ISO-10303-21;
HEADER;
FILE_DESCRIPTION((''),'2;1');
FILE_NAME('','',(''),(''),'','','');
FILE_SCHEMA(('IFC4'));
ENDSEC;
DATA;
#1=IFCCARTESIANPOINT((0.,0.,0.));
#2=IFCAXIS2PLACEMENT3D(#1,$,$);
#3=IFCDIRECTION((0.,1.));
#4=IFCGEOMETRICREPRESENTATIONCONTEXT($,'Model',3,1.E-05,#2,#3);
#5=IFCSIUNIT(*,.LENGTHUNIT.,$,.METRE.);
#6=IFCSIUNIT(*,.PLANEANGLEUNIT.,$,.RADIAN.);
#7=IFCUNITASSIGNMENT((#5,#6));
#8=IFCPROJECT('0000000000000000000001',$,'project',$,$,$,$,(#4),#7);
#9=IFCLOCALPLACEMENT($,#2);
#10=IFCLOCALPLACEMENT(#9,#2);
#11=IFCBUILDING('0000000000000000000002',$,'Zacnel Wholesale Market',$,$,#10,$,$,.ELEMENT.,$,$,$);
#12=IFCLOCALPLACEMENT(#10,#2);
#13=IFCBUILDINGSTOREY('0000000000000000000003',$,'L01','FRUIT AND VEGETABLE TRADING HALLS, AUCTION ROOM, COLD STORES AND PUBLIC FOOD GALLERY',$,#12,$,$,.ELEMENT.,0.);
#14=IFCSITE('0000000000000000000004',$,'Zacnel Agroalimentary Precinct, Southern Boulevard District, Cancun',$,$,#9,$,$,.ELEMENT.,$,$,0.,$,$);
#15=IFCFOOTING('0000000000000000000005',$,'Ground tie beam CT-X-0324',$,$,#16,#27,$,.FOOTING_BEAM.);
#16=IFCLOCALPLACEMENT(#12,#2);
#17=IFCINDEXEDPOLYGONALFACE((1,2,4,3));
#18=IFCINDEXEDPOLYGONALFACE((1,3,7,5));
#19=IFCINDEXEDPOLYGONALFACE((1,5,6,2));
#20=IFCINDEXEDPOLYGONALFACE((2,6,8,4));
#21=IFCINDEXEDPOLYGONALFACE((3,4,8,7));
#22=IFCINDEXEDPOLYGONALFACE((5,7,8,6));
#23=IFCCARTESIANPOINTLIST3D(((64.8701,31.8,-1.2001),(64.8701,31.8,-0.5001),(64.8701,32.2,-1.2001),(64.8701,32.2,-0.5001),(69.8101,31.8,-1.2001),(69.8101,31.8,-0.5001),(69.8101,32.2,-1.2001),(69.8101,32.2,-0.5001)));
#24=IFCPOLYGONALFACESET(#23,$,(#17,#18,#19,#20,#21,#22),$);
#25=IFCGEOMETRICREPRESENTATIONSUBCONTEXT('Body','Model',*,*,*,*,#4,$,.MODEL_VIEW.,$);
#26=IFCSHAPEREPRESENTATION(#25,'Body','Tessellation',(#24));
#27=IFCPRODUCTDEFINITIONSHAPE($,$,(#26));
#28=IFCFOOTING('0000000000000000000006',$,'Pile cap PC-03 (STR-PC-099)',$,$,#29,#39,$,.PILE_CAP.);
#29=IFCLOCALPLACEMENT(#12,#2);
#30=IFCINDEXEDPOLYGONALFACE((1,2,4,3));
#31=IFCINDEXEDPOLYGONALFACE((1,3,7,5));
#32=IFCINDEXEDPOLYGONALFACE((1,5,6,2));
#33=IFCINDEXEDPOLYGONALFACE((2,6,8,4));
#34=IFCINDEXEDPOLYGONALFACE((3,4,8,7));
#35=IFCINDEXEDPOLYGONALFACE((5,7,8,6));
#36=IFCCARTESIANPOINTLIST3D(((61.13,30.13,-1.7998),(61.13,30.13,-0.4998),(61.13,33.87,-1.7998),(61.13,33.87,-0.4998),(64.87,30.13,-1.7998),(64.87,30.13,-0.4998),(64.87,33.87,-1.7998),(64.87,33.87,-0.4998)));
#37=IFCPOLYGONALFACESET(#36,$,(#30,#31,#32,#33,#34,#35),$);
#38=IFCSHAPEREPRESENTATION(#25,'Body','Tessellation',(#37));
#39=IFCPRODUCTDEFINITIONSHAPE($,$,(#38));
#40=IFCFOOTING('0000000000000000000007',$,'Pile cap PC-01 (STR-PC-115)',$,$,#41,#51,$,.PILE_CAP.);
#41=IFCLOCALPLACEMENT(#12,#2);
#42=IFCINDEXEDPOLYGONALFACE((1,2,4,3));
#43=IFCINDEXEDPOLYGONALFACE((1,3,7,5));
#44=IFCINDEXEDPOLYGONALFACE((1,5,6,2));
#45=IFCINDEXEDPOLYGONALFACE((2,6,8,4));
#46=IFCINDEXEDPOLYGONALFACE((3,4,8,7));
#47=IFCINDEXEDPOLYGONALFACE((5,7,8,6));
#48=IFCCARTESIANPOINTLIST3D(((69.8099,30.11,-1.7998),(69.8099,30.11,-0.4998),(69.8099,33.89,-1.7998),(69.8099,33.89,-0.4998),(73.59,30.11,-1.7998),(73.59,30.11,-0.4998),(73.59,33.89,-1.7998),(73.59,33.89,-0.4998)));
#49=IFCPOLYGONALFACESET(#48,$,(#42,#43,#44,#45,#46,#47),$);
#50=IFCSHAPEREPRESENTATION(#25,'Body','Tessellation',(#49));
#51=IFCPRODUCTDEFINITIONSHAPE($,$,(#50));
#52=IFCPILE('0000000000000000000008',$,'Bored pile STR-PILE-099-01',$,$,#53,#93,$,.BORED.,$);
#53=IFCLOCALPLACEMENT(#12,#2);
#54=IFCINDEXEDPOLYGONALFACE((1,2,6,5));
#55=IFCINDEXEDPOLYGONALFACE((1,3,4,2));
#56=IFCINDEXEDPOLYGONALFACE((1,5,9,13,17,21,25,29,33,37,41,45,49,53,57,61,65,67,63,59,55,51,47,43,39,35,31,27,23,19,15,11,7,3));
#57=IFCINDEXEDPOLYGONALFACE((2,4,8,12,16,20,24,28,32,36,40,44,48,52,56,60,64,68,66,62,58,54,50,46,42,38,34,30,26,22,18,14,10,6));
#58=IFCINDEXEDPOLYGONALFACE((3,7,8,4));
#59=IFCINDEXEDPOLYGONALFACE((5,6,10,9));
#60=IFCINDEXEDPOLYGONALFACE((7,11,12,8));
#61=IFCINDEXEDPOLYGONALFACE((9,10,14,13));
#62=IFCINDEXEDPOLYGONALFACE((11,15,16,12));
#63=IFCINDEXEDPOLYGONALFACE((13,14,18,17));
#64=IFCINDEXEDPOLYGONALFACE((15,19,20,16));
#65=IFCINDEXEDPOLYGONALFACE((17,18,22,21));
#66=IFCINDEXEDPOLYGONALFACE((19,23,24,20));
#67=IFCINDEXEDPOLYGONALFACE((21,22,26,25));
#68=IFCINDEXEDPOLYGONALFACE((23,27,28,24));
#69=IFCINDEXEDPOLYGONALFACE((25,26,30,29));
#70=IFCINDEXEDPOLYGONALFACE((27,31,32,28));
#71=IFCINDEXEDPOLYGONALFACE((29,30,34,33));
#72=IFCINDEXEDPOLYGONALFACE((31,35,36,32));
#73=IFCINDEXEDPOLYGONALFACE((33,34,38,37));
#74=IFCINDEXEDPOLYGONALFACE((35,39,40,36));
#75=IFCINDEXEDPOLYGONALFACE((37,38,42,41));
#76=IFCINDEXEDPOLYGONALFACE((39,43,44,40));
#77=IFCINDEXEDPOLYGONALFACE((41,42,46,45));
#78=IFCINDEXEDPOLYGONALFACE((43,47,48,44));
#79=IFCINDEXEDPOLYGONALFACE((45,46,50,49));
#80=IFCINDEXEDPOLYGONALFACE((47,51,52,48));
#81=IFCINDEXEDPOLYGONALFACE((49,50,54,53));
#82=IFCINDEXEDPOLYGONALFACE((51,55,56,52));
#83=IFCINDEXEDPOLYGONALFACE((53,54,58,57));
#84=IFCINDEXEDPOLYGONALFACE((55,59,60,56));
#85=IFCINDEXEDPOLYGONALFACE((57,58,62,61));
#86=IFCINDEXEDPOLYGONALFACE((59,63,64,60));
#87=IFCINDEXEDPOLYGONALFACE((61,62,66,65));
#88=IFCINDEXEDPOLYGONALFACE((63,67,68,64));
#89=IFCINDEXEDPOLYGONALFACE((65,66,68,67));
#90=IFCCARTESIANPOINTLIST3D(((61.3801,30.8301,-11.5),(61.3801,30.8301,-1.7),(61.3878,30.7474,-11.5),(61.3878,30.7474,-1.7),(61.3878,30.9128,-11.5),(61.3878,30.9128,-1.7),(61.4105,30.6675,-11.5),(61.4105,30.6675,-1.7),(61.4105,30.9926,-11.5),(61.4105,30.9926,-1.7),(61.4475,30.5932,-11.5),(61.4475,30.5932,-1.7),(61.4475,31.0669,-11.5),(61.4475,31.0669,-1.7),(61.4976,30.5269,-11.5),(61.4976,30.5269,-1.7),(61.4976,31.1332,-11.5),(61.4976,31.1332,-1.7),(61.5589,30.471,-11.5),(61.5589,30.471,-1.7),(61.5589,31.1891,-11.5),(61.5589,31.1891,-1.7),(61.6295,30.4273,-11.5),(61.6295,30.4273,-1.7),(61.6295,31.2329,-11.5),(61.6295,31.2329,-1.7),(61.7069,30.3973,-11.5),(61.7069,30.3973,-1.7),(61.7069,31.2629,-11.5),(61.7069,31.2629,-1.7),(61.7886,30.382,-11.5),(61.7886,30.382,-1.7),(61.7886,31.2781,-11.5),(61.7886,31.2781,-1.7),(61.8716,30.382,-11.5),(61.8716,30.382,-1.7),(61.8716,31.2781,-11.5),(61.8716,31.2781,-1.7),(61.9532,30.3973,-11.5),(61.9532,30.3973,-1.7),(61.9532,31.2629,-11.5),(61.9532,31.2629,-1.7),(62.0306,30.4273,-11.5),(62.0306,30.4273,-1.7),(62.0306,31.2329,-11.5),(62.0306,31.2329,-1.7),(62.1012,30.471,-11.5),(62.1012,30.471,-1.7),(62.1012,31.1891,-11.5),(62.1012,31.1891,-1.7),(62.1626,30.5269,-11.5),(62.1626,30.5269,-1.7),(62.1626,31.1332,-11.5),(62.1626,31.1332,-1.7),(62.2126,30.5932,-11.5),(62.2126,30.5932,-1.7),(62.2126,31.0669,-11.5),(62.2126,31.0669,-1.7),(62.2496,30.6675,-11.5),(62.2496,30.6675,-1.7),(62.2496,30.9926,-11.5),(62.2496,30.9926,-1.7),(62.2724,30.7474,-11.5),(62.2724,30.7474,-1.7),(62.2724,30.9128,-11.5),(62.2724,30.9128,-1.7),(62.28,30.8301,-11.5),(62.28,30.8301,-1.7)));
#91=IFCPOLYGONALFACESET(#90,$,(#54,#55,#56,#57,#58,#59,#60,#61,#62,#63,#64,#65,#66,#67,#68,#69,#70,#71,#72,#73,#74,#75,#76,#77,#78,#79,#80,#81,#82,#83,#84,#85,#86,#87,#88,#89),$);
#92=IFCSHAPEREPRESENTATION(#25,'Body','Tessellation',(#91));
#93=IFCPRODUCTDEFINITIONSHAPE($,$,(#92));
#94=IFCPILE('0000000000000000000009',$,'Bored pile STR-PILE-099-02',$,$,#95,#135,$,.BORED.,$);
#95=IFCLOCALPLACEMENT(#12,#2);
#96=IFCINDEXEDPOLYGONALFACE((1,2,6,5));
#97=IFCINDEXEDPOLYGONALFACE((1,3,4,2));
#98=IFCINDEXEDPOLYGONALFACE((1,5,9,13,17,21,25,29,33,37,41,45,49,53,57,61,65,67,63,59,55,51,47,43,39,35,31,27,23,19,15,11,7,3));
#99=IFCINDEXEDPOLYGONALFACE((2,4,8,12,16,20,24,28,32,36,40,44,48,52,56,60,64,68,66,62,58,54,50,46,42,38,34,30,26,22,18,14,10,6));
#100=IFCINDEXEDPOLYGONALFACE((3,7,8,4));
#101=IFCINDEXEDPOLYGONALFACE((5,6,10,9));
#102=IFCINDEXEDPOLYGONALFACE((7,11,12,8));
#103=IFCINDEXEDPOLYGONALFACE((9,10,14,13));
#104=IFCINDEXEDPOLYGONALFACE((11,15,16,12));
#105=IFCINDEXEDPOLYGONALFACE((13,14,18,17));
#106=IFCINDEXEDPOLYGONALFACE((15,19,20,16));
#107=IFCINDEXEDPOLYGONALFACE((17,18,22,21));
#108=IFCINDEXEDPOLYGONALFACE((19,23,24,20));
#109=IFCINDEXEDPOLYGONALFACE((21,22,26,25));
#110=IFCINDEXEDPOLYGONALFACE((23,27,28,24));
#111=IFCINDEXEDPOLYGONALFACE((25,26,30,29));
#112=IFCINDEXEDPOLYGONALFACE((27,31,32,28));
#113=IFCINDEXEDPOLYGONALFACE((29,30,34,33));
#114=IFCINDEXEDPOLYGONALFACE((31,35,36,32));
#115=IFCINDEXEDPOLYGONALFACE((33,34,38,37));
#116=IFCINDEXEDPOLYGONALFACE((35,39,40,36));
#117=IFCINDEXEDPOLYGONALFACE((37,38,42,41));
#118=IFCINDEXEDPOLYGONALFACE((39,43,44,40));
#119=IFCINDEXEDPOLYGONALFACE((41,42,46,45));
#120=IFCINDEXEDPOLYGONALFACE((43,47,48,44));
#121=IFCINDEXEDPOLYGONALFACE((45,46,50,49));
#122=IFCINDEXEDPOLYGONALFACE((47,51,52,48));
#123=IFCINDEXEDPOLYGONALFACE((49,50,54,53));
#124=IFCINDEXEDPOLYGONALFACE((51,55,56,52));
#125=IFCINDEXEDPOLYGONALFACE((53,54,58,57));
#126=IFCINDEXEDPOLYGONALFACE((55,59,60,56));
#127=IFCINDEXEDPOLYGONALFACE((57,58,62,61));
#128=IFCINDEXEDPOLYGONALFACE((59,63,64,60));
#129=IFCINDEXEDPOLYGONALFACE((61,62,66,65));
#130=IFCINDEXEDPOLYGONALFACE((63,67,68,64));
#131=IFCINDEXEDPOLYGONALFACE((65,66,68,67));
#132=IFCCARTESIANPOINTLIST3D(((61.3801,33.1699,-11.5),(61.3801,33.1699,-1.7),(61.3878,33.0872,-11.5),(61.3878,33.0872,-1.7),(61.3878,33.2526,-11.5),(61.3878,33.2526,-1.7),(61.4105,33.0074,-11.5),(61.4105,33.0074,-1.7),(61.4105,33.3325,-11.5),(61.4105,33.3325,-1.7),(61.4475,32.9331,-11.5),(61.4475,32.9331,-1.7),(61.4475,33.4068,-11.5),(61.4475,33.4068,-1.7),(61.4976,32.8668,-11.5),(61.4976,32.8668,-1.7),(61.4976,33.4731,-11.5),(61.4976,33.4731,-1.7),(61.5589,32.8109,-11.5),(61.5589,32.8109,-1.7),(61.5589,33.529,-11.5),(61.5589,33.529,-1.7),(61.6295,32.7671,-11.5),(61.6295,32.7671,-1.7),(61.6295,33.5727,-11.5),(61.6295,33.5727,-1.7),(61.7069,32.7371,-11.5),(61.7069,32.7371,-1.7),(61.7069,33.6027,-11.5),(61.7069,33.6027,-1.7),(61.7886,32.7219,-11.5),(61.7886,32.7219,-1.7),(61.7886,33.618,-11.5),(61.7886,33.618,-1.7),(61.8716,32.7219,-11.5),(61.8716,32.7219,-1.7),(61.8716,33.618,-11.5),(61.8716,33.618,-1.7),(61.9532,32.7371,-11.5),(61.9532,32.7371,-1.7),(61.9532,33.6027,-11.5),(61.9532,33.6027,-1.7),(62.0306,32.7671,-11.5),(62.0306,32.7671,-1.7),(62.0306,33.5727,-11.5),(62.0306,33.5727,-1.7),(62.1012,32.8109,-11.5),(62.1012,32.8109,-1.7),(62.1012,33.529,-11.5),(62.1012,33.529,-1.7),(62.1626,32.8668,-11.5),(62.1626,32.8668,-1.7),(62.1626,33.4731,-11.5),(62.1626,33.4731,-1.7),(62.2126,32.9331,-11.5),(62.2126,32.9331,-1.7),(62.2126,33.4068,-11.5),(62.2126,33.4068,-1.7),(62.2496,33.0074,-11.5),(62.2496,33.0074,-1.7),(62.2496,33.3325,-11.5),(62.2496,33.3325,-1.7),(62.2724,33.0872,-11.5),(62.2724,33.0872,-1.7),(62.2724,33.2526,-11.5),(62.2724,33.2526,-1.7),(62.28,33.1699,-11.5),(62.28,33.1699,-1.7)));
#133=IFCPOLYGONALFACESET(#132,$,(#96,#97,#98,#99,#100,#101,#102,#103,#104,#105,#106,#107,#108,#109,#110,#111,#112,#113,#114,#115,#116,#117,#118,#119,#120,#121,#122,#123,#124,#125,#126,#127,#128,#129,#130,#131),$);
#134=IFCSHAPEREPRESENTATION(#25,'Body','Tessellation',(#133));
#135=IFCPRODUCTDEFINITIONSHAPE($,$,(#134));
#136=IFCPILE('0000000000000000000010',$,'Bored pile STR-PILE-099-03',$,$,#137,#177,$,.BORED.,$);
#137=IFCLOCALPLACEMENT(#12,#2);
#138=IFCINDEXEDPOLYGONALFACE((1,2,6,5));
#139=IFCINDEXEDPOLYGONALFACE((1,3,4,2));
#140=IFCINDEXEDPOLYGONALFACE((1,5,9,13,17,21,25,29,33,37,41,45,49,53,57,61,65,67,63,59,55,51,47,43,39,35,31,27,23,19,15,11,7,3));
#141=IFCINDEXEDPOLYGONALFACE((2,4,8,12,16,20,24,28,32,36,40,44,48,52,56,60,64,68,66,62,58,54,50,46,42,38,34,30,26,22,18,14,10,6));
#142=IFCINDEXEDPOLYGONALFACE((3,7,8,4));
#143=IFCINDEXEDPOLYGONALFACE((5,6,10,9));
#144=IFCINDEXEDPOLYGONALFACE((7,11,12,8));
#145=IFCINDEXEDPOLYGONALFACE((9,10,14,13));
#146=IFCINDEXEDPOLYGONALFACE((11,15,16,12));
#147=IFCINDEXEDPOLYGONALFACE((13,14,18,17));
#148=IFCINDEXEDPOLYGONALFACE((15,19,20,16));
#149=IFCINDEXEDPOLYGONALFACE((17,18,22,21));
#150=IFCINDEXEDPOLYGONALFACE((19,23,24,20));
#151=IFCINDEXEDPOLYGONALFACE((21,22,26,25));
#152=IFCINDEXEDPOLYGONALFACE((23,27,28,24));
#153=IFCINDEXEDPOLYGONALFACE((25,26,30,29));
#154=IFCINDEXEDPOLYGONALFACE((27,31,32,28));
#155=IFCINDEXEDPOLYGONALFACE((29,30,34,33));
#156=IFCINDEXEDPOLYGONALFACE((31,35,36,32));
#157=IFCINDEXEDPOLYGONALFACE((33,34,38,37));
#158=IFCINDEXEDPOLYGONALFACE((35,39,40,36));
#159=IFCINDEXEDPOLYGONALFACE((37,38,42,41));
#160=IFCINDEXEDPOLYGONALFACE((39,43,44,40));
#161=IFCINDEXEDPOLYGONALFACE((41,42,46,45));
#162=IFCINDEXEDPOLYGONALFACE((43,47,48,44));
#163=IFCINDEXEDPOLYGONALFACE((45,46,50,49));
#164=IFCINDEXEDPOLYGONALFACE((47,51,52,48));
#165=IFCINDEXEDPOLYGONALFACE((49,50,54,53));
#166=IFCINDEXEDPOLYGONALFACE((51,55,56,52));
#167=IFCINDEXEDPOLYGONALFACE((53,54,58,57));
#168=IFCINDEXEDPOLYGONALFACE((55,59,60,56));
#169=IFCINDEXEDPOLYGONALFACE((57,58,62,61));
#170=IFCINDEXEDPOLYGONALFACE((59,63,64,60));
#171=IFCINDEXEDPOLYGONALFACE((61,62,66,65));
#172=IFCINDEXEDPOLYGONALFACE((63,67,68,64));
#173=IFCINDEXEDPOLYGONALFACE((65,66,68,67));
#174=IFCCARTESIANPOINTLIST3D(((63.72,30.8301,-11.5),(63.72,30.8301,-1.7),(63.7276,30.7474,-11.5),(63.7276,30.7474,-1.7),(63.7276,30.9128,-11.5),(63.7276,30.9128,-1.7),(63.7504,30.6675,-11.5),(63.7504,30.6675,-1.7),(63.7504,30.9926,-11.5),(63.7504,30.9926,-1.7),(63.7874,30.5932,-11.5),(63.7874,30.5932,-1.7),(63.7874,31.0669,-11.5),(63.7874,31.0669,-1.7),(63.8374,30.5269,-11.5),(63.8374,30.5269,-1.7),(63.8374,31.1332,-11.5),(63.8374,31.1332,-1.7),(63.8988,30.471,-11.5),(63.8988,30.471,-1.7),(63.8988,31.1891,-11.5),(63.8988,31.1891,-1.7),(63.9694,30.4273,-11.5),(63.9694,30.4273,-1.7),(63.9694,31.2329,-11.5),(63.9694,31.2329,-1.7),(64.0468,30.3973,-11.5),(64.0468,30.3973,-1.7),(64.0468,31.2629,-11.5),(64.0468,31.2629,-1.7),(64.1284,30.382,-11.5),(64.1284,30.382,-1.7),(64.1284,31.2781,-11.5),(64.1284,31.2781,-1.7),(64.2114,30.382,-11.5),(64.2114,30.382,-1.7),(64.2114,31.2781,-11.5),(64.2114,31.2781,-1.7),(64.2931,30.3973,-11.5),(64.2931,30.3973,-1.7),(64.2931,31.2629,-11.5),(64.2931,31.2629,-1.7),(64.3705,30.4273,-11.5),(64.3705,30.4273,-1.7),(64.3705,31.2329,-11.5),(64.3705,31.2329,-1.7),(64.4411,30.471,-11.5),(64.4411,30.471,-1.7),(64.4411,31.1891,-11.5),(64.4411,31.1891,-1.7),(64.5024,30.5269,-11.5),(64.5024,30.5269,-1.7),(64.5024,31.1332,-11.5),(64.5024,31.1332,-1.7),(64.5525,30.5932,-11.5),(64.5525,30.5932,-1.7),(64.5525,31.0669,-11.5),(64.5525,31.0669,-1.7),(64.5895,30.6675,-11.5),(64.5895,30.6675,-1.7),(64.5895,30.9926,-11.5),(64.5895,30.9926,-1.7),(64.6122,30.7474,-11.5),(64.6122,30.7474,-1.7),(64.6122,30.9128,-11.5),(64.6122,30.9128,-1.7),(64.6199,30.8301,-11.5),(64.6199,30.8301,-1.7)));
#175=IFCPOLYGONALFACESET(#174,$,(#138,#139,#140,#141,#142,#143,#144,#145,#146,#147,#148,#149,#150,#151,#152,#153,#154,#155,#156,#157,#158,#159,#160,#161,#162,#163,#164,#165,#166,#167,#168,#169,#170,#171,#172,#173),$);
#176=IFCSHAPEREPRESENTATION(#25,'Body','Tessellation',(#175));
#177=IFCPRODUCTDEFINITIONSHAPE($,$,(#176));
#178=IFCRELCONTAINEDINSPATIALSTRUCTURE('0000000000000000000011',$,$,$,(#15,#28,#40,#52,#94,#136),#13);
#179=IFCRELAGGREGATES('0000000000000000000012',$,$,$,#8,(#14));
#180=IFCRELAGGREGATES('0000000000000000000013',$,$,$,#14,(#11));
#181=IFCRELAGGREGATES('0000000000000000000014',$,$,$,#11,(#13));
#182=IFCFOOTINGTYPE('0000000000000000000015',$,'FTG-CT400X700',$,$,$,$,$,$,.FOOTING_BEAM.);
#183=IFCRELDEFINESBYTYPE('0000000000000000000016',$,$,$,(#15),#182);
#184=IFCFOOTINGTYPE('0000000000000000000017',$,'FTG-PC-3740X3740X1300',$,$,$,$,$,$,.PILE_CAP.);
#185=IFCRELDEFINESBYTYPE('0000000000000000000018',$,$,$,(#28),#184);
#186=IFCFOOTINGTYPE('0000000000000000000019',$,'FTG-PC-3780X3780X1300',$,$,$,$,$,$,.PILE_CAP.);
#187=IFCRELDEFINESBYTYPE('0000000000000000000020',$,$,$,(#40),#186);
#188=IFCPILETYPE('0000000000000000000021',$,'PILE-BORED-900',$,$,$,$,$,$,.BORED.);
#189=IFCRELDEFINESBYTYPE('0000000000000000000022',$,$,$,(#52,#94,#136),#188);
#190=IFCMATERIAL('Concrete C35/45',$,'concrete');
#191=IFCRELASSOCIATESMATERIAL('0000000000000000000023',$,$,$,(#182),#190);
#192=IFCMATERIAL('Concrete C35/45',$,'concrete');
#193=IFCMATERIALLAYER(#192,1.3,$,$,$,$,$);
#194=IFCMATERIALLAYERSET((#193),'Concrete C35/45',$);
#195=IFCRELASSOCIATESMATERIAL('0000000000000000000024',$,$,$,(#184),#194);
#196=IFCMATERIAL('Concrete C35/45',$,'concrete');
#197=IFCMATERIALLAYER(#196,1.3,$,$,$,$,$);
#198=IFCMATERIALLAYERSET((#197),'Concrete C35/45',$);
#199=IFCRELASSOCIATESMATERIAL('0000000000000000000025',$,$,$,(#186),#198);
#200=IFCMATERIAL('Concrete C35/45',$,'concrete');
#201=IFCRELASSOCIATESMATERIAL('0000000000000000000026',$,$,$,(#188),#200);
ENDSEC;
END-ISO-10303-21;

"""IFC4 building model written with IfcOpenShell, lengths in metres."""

from ifc_helpers import new_model, si_unit, direction, frame, origin, origin_2d, place, context, subcontext, project, spatial, rectangle, circle, extrude, material, layer, layer_set, material_profile, profile_set, type_object, element, save


model = new_model("IFC4")

# Units and contexts
model_context = context("Model", 3, precision=1e-05, world=origin(), true_north=direction((0.0, 1.0)))
body_context = subcontext(model_context, "Body", "Model", "MODEL_VIEW")
ifc_project = project(units=[si_unit("LENGTHUNIT", "METRE"), si_unit("PLANEANGLEUNIT", "RADIAN")], contexts=[model_context])

# Site, building, storey
site_placement = place(None, origin())
site = spatial("IfcSite", under=ifc_project, at=site_placement, Name="Zacnel Agroalimentary Precinct, Southern Boulevard District, Cancun", CompositionType="ELEMENT", RefElevation=0.0)
building_placement = place(site_placement, origin())
building = spatial("IfcBuilding", under=site, at=building_placement, Name="Zacnel Wholesale Market", CompositionType="ELEMENT")
storey_placement = place(building_placement, origin())
storey = spatial("IfcBuildingStorey", under=building, at=storey_placement, Name="L01", Description="FRUIT AND VEGETABLE TRADING HALLS, AUCTION ROOM, COLD STORES AND PUBLIC FOOD GALLERY", CompositionType="ELEMENT", Elevation=0.0)

# Footings
ifc_material_1 = material(Name="Concrete C35/45", Category="concrete")
ifc_material_profile_1 = material_profile(ifc_material_1, rectangle(XDim=0.3999, YDim=0.7, at=origin_2d()), Name="CT 400x700")
ifc_profile_set_1 = profile_set([ifc_material_profile_1], Name="Concrete C35/45")
footing_type_1 = type_object("IfcFootingType", Name="FTG-CT400X700", PredefinedType="FOOTING_BEAM", material=ifc_profile_set_1)
footing_1_placement = place(storey_placement, frame((64.8701, 32.0, -0.8501), z_axis=(1.0, 0.0, 0.0), x_axis=(0.0, 1.0, 0.0)))
element("IfcFooting", 1, at=footing_1_placement, inside=storey, type_object=footing_type_1, Name="Ground tie beam CT-X-0324", PredefinedType="FOOTING_BEAM", context=body_context, shape_type="SweptSolid", body=[
    extrude(rectangle(XDim=0.3999, YDim=0.7, at=origin_2d()), origin(), (0.0, 0.0, 1.0), 4.9399),
])
ifc_material_2 = material(Name="Concrete C35/45", Category="concrete")
ifc_layer_1 = layer(ifc_material_2, 1.3)
ifc_layer_set_1 = layer_set([ifc_layer_1], Name="Concrete C35/45")
footing_type_2 = type_object("IfcFootingType", Name="FTG-PC-3740X3740X1300", PredefinedType="PILE_CAP", material=ifc_layer_set_1)
footing_2_placement = place(storey_placement, frame((63.0, 32.0, -1.7998), z_axis=(0.0, 0.0, 1.0), x_axis=(1.0, 0.0, 0.0)))
element("IfcFooting", 2, at=footing_2_placement, inside=storey, type_object=footing_type_2, Name="Pile cap PC-03 (STR-PC-099)", PredefinedType="PILE_CAP", context=body_context, shape_type="SweptSolid", body=[
    extrude(rectangle(XDim=3.74, YDim=3.74, at=origin_2d()), origin(), (0.0, 0.0, 1.0), 1.3),
])
ifc_material_3 = material(Name="Concrete C35/45", Category="concrete")
ifc_layer_2 = layer(ifc_material_3, 1.3)
ifc_layer_set_2 = layer_set([ifc_layer_2], Name="Concrete C35/45")
footing_type_3 = type_object("IfcFootingType", Name="FTG-PC-3780X3780X1300", PredefinedType="PILE_CAP", material=ifc_layer_set_2)
footing_3_placement = place(storey_placement, frame((71.7, 32.0, -1.7998), z_axis=(0.0, 0.0, 1.0), x_axis=(1.0, 0.0, 0.0)))
element("IfcFooting", 3, at=footing_3_placement, inside=storey, type_object=footing_type_3, Name="Pile cap PC-01 (STR-PC-115)", PredefinedType="PILE_CAP", context=body_context, shape_type="SweptSolid", body=[
    extrude(rectangle(XDim=3.78, YDim=3.78, at=origin_2d()), origin(), (0.0, 0.0, 1.0), 1.3),
])

# Piles
ifc_material_4 = material(Name="Concrete C35/45", Category="concrete")
ifc_material_profile_2 = material_profile(ifc_material_4, circle(Radius=0.45, at=origin_2d()), Name="BORED PILE D900")
ifc_profile_set_2 = profile_set([ifc_material_profile_2], Name="Concrete C35/45")
pile_type = type_object("IfcPileType", Name="PILE-BORED-900", PredefinedType="BORED", material=ifc_profile_set_2)
for number, where, z_axis, x_axis, name in (
    (4, (61.8301, 30.8301, -1.7), (0.0, 0.0, -1.0), (1.0, 0.0, 0.0), "Bored pile STR-PILE-099-01"),
    (5, (61.8301, 33.1699, -1.7), (0.0, 0.0, -1.0), (1.0, 0.0, 0.0), "Bored pile STR-PILE-099-02"),
    (6, (64.1699, 30.8301, -1.7), (0.0, 0.0, -1.0), (1.0, 0.0, 0.0), "Bored pile STR-PILE-099-03"),
):
    element("IfcPile", number, at=place(storey_placement, frame(where, z_axis=z_axis, x_axis=x_axis)), inside=storey, type_object=pile_type, Name=name, PredefinedType="BORED", context=body_context, shape_type="SweptSolid", body=[
        extrude(circle(Radius=0.45, at=origin_2d()), origin(), (0.0, 0.0, 1.0), 9.8),
    ])

save(model, "model.ifc")
